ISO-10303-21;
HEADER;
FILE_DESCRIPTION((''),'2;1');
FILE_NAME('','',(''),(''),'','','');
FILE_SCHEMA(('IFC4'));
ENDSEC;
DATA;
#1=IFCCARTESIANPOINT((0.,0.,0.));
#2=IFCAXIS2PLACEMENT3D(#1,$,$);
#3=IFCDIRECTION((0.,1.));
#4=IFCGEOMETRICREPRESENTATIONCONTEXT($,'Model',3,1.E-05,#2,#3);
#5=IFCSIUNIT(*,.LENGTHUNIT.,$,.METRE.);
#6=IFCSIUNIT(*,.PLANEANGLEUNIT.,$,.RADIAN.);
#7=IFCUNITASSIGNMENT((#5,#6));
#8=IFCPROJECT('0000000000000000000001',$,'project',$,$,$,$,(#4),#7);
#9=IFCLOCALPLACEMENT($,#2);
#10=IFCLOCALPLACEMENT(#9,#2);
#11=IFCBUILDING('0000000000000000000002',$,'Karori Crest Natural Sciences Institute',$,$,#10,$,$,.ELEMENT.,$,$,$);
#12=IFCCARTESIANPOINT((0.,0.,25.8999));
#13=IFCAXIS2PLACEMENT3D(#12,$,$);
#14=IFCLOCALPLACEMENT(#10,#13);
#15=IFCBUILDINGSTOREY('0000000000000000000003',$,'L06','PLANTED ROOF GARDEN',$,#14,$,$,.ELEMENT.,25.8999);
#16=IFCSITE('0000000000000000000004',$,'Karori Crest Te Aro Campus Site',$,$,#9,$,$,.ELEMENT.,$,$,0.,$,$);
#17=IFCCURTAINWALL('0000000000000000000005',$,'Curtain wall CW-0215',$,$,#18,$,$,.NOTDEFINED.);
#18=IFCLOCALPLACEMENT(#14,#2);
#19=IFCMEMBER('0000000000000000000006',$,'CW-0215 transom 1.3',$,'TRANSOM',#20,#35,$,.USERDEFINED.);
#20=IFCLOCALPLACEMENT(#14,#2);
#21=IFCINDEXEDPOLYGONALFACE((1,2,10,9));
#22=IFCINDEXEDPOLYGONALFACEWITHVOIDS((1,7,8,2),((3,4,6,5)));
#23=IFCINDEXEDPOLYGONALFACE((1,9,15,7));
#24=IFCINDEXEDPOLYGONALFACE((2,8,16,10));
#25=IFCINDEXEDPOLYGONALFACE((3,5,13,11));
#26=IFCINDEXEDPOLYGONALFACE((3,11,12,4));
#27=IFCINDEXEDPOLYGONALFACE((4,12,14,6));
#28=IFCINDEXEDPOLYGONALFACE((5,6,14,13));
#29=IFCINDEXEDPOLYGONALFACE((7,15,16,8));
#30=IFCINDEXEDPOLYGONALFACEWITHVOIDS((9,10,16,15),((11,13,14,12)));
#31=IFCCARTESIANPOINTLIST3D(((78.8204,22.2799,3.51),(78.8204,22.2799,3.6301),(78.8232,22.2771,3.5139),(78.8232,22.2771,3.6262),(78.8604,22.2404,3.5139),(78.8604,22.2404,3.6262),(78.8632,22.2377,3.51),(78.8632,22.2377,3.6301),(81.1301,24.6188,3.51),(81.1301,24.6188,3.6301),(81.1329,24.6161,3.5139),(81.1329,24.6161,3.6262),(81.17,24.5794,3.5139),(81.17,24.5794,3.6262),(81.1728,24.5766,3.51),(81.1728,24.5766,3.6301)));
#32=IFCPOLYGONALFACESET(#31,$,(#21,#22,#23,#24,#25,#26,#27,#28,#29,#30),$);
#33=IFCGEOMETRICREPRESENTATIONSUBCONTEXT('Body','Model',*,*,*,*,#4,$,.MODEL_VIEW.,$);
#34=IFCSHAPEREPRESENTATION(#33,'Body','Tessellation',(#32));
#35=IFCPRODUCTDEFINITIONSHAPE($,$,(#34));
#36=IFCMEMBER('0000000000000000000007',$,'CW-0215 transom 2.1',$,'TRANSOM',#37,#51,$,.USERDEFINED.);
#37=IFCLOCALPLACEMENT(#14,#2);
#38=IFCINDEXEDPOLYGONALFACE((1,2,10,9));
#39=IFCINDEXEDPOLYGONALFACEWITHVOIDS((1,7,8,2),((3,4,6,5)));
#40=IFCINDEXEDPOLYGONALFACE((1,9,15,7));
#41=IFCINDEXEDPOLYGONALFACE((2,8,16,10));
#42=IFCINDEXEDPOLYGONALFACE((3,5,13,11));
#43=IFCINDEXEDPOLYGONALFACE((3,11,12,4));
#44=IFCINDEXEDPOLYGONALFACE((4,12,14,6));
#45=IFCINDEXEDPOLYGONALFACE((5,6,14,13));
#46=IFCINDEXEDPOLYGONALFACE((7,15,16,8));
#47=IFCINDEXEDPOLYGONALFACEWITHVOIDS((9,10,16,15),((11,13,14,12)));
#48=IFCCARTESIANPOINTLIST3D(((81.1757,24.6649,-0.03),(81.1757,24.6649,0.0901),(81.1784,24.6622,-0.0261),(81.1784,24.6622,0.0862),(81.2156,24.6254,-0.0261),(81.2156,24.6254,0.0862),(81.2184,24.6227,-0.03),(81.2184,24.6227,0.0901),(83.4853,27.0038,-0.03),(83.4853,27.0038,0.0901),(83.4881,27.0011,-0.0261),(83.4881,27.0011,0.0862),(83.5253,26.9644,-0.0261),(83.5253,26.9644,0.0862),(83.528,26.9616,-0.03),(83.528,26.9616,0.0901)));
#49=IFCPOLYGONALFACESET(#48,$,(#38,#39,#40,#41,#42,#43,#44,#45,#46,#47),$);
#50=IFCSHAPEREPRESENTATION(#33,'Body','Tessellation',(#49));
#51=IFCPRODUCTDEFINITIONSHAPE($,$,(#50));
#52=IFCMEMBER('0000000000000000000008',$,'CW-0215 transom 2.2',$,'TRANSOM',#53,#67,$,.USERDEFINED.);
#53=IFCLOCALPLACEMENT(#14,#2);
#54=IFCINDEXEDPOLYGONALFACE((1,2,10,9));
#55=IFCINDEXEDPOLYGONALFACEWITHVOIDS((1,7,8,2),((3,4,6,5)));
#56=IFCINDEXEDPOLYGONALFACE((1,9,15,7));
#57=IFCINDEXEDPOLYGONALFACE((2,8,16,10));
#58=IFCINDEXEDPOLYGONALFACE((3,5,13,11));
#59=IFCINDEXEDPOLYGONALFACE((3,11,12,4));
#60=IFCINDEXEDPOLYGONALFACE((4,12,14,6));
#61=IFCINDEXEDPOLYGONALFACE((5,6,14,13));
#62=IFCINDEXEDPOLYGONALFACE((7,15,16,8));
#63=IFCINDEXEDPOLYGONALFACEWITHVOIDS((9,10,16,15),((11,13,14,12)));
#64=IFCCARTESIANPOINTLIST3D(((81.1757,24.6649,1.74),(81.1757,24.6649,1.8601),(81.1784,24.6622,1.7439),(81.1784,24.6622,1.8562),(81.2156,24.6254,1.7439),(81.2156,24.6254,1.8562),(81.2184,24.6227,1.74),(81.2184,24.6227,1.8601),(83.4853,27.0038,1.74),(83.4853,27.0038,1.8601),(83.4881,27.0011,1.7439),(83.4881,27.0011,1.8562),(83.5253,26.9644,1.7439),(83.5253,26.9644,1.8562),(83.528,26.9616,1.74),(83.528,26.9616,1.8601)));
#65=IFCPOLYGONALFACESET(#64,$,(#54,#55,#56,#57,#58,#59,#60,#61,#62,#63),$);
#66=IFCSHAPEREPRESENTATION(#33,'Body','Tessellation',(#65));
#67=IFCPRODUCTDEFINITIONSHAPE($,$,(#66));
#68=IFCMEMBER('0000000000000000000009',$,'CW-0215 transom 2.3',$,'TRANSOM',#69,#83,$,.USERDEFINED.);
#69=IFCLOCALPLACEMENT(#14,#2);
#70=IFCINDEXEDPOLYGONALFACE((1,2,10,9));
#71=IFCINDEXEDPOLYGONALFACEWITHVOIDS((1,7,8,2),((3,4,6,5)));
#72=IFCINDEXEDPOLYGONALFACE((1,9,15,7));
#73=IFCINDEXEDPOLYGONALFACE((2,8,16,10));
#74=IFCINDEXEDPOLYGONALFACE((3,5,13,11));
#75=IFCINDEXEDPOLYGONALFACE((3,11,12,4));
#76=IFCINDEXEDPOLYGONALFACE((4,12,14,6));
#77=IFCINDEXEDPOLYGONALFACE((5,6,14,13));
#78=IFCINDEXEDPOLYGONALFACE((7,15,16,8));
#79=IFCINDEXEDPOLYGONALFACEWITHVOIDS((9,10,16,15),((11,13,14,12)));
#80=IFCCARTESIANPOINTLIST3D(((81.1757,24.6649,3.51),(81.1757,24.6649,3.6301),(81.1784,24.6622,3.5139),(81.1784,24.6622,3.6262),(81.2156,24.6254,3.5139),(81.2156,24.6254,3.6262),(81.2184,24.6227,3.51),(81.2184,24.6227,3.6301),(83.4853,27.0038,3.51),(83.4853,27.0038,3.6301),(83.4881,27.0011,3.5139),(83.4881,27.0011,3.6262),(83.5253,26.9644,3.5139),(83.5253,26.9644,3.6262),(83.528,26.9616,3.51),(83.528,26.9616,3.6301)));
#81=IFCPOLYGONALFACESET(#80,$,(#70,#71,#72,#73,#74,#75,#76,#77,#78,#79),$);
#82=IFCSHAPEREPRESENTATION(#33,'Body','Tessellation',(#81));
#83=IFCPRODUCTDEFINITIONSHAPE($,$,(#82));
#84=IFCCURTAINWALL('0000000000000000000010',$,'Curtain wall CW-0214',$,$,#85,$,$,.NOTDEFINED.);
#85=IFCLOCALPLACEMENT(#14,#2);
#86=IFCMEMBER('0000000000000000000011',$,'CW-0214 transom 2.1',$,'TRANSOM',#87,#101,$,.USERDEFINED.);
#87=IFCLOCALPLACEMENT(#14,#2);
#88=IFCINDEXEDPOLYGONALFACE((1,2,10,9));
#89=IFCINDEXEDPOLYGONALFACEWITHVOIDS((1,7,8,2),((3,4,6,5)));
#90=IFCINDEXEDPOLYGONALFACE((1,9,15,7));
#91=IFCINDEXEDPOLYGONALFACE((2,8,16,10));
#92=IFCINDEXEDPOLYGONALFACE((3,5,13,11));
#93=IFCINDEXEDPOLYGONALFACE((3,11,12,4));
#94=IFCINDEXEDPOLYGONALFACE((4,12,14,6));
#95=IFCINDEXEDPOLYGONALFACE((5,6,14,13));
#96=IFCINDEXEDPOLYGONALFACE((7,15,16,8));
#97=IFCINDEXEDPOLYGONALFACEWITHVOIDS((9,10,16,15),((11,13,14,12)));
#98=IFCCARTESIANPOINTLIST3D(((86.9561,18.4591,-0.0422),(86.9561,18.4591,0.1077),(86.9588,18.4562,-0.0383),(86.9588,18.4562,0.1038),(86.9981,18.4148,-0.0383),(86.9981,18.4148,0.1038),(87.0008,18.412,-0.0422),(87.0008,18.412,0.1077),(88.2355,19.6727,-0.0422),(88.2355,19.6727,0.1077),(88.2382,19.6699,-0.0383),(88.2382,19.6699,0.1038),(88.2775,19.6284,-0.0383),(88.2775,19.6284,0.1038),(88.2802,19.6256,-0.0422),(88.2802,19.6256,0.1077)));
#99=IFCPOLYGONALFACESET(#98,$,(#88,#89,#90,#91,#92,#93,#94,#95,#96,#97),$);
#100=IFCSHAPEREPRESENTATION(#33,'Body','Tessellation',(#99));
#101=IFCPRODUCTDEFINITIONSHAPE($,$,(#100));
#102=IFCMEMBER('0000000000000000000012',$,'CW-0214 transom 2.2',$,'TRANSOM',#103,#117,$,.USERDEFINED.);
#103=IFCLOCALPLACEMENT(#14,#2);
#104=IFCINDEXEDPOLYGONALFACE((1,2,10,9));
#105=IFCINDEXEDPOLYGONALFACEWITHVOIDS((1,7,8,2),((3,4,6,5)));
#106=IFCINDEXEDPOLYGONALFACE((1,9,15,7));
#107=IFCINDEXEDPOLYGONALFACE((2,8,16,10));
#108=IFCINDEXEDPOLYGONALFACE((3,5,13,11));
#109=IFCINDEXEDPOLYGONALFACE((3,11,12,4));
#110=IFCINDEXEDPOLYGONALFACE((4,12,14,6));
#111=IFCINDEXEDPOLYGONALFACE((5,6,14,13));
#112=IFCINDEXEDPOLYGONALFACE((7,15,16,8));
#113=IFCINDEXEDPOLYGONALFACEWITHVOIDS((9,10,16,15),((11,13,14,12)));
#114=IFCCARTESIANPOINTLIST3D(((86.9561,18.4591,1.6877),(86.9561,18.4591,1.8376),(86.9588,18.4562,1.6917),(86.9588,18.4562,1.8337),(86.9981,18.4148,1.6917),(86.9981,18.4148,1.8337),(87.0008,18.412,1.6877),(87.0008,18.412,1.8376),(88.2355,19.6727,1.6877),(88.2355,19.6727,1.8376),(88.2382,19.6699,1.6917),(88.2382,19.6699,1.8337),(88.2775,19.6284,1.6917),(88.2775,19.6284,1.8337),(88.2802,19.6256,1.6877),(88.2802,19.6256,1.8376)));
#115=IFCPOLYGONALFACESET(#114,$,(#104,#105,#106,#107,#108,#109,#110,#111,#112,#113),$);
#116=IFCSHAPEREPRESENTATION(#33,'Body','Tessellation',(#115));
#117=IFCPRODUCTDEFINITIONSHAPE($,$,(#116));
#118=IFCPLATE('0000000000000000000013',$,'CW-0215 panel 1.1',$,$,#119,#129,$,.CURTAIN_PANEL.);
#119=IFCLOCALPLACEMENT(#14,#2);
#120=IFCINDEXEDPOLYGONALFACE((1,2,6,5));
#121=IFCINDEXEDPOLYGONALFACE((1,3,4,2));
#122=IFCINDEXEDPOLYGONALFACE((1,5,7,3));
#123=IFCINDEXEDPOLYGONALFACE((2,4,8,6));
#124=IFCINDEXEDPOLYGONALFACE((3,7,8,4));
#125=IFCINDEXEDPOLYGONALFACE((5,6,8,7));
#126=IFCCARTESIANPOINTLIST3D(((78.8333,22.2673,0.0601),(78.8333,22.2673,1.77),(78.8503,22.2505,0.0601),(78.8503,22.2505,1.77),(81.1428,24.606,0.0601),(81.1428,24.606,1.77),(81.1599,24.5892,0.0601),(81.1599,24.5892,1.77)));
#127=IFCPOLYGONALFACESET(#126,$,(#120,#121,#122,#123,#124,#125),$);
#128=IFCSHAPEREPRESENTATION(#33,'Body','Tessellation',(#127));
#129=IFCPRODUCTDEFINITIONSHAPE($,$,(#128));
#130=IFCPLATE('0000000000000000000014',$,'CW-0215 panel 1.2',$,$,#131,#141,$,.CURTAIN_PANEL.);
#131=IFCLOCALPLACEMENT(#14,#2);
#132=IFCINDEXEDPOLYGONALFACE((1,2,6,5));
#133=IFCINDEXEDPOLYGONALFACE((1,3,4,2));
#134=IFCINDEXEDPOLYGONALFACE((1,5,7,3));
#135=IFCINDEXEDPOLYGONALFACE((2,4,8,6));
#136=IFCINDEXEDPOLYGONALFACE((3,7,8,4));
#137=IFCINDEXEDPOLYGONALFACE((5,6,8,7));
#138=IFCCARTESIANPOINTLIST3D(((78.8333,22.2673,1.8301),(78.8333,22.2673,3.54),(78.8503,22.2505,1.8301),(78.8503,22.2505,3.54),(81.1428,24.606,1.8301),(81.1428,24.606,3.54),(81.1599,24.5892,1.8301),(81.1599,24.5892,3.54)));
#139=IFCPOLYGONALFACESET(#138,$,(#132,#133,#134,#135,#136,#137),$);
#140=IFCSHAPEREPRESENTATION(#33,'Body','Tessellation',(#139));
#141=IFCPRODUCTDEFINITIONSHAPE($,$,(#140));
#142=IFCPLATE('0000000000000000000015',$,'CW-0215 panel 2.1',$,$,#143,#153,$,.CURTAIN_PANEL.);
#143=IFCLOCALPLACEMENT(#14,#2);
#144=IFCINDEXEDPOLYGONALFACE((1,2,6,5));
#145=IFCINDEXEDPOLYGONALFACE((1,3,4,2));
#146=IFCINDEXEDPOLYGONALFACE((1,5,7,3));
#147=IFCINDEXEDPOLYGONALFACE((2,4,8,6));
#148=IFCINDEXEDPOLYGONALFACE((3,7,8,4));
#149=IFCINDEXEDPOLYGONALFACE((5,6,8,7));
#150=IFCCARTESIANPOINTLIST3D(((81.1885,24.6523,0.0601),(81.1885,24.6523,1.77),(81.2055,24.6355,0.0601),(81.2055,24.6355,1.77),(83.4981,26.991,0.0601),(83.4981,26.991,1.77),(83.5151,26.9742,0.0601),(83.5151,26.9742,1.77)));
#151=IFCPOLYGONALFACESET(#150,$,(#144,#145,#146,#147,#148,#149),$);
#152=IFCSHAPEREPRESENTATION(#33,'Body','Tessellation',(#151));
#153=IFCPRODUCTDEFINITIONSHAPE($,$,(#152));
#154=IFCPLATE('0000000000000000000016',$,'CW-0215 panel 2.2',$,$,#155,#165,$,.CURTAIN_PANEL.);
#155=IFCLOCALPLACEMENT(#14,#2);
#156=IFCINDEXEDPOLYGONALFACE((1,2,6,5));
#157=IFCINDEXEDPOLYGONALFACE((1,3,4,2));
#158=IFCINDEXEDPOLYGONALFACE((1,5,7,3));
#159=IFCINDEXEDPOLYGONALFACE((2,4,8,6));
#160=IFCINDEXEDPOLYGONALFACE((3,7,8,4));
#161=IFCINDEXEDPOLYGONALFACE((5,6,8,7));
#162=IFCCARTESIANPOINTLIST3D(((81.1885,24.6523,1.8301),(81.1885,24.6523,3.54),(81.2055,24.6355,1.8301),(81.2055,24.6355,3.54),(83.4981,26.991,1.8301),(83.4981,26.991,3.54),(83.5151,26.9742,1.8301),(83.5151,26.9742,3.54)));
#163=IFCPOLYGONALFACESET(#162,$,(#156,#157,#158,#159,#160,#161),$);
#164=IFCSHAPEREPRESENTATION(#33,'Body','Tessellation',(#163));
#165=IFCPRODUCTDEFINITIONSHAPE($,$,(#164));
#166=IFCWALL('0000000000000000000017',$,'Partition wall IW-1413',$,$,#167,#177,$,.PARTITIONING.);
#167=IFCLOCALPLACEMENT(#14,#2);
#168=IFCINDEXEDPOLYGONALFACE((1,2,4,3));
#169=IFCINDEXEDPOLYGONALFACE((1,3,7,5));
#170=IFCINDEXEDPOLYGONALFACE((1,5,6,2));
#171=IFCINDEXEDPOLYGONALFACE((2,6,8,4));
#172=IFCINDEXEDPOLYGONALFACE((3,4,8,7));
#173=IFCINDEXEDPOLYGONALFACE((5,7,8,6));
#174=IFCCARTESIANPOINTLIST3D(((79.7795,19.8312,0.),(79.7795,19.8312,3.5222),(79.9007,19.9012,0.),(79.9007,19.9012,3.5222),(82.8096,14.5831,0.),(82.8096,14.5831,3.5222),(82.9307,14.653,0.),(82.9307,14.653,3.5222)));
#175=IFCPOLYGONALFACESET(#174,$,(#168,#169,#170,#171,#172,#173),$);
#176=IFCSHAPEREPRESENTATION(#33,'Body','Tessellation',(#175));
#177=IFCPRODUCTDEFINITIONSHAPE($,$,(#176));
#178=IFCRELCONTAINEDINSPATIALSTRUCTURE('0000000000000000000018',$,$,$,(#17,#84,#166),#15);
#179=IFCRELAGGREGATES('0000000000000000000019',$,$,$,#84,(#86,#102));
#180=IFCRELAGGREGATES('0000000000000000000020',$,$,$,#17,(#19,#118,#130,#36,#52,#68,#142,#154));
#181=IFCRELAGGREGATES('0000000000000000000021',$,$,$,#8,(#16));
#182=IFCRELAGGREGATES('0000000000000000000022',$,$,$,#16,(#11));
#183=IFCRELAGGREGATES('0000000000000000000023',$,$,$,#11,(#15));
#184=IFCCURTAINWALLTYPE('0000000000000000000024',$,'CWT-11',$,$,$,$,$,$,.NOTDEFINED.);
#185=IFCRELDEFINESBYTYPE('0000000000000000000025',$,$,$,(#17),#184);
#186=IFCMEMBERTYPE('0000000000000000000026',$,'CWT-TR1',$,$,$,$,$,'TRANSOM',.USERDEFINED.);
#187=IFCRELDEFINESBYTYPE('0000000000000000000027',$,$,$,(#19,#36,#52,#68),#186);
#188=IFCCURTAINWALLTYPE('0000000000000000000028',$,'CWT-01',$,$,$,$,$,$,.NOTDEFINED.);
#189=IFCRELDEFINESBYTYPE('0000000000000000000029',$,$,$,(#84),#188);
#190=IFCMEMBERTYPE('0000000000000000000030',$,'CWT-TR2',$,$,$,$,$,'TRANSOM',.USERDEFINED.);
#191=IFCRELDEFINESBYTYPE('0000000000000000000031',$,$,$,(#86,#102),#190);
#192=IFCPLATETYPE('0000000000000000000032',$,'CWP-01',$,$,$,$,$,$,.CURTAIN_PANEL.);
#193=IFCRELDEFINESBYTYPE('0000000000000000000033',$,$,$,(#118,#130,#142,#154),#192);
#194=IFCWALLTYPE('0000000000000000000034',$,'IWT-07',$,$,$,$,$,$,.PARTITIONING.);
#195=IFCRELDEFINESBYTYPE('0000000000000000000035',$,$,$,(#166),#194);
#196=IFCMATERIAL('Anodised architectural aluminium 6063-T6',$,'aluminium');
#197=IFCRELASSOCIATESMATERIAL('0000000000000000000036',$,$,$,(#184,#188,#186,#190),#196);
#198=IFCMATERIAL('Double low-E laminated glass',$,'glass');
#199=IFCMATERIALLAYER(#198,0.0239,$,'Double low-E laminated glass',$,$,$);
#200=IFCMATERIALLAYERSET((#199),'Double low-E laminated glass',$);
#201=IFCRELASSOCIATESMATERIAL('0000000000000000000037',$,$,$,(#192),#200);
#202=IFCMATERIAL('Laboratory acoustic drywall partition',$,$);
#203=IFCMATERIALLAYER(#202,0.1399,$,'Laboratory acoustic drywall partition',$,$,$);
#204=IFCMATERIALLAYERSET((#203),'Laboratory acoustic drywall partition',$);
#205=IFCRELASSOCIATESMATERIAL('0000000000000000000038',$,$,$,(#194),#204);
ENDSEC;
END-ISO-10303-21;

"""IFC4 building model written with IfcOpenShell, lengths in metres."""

from ifc_helpers import new_model, si_unit, direction, frame, frame_2d, origin, origin_2d, place, context, subcontext, project, spatial, rectangle, hollow_rectangle, extrude, material, layer, layer_set, material_profile, profile_set, type_object, element, aggregate, save


model = new_model("IFC4")

# Units and contexts
model_context = context("Model", 3, precision=1e-05, world=origin(), true_north=direction((0.0, 1.0)))
body_context = subcontext(model_context, "Body", "Model", "MODEL_VIEW")
ifc_project = project(units=[si_unit("LENGTHUNIT", "METRE"), si_unit("PLANEANGLEUNIT", "RADIAN")], contexts=[model_context])

# Site, building, storey
site_placement = place(None, origin())
site = spatial("IfcSite", under=ifc_project, at=site_placement, Name="Karori Crest Te Aro Campus Site", CompositionType="ELEMENT", RefElevation=0.0)
building_placement = place(site_placement, origin())
building = spatial("IfcBuilding", under=site, at=building_placement, Name="Karori Crest Natural Sciences Institute", CompositionType="ELEMENT")
storey_placement = place(building_placement, frame((0.0, 0.0, 25.8999)))
storey = spatial("IfcBuildingStorey", under=building, at=storey_placement, Name="L06", Description="PLANTED ROOF GARDEN", CompositionType="ELEMENT", Elevation=25.8999)

# Curtain walls, members
ifc_material_1 = material(Name="Anodised architectural aluminium 6063-T6", Category="aluminium")
curtain_wall_type_1 = type_object("IfcCurtainWallType", Name="CWT-11", PredefinedType="NOTDEFINED", material=ifc_material_1)
curtain_wall_1_placement = place(storey_placement, origin())
curtain_wall_1 = element("IfcCurtainWall", 1, at=curtain_wall_1_placement, inside=storey, type_object=curtain_wall_type_1, Name="Curtain wall CW-0215", PredefinedType="NOTDEFINED")
ifc_material_profile_1 = material_profile(ifc_material_1, hollow_rectangle(XDim=0.0601, YDim=0.1201, WallThickness=0.0039, at=origin_2d()), Name="CWT120x60x4")
ifc_profile_set_1 = profile_set([ifc_material_profile_1], Name="Anodised architectural aluminium 6063-T6")
member_type_1 = type_object("IfcMemberType", Name="CWT-TR1", ElementType="TRANSOM", PredefinedType="USERDEFINED", material=ifc_profile_set_1)
member_1_placement = place(storey_placement, frame((78.8418, 22.2588, 3.5701), z_axis=(0.702636, 0.711549, 0.0), x_axis=(-0.711549, 0.702636, 0.0)))
member_1 = element("IfcMember", 2, at=member_1_placement, type_object=member_type_1, Name="CW-0215 transom 1.3", ObjectType="TRANSOM", PredefinedType="USERDEFINED", context=body_context, shape_type="SweptSolid", body=[
    extrude(hollow_rectangle(XDim=0.0601, YDim=0.1201, WallThickness=0.0039, at=origin_2d()), origin(), (0.0, 0.0, 1.0), 3.2871),
])
member_2_placement = place(storey_placement, frame((81.197, 24.6438, 0.03), z_axis=(0.702636, 0.711549, 0.0), x_axis=(-0.711549, 0.702636, 0.0)))
member_2 = element("IfcMember", 3, at=member_2_placement, type_object=member_type_1, Name="CW-0215 transom 2.1", ObjectType="TRANSOM", PredefinedType="USERDEFINED", context=body_context, shape_type="SweptSolid", body=[
    extrude(hollow_rectangle(XDim=0.0601, YDim=0.1201, WallThickness=0.0039, at=origin_2d()), origin(), (0.0, 0.0, 1.0), 3.2871),
])
member_3_placement = place(storey_placement, frame((81.197, 24.6438, 1.8), z_axis=(0.702636, 0.711549, 0.0), x_axis=(-0.711549, 0.702636, 0.0)))
member_3 = element("IfcMember", 4, at=member_3_placement, type_object=member_type_1, Name="CW-0215 transom 2.2", ObjectType="TRANSOM", PredefinedType="USERDEFINED", context=body_context, shape_type="SweptSolid", body=[
    extrude(hollow_rectangle(XDim=0.0601, YDim=0.1201, WallThickness=0.0039, at=origin_2d()), origin(), (0.0, 0.0, 1.0), 3.2871),
])
member_4_placement = place(storey_placement, frame((81.197, 24.6438, 3.5701), z_axis=(0.702636, 0.711549, 0.0), x_axis=(-0.711549, 0.702636, 0.0)))
member_4 = element("IfcMember", 5, at=member_4_placement, type_object=member_type_1, Name="CW-0215 transom 2.3", ObjectType="TRANSOM", PredefinedType="USERDEFINED", context=body_context, shape_type="SweptSolid", body=[
    extrude(hollow_rectangle(XDim=0.0601, YDim=0.1201, WallThickness=0.0039, at=origin_2d()), origin(), (0.0, 0.0, 1.0), 3.2871),
])
curtain_wall_type_2 = type_object("IfcCurtainWallType", Name="CWT-01", PredefinedType="NOTDEFINED", material=ifc_material_1)
curtain_wall_2_placement = place(storey_placement, origin())
curtain_wall_2 = element("IfcCurtainWall", 6, at=curtain_wall_2_placement, inside=storey, type_object=curtain_wall_type_2, Name="Curtain wall CW-0214", PredefinedType="NOTDEFINED")
ifc_material_profile_2 = material_profile(ifc_material_1, hollow_rectangle(XDim=0.0649, YDim=0.1499, WallThickness=0.0039, at=origin_2d()), Name="CWT150x65x4")
ifc_profile_set_2 = profile_set([ifc_material_profile_2], Name="Anodised architectural aluminium 6063-T6")
member_type_2 = type_object("IfcMemberType", Name="CWT-TR2", ElementType="TRANSOM", PredefinedType="USERDEFINED", material=ifc_profile_set_2)
member_5_placement = place(storey_placement, frame((88.2578, 19.6492, 0.0327), z_axis=(-0.725483, -0.68824, 0.0), x_axis=(0.68824, -0.725483, 0.0)))
member_5 = element("IfcMember", 7, at=member_5_placement, type_object=member_type_2, Name="CW-0214 transom 2.1", ObjectType="TRANSOM", PredefinedType="USERDEFINED", context=body_context, shape_type="SweptSolid", body=[
    extrude(hollow_rectangle(XDim=0.0649, YDim=0.1499, WallThickness=0.0039, at=origin_2d()), origin(), (0.0, 0.0, 1.0), 1.7634),
])
member_6_placement = place(storey_placement, frame((88.2578, 19.6492, 1.7627), z_axis=(-0.725483, -0.68824, 0.0), x_axis=(0.68824, -0.725483, 0.0)))
member_6 = element("IfcMember", 8, at=member_6_placement, type_object=member_type_2, Name="CW-0214 transom 2.2", ObjectType="TRANSOM", PredefinedType="USERDEFINED", context=body_context, shape_type="SweptSolid", body=[
    extrude(hollow_rectangle(XDim=0.0649, YDim=0.1499, WallThickness=0.0039, at=origin_2d()), origin(), (0.0, 0.0, 1.0), 1.7634),
])
aggregate(curtain_wall_2, [member_5, member_6])

# Plates
ifc_material_2 = material(Name="Double low-E laminated glass", Category="glass")
ifc_layer_1 = layer(ifc_material_2, 0.0239, Name="Double low-E laminated glass")
ifc_layer_set_1 = layer_set([ifc_layer_1], Name="Double low-E laminated glass")
plate_type = type_object("IfcPlateType", Name="CWP-01", PredefinedType="CURTAIN_PANEL", material=ifc_layer_set_1)
plate_1_placement = place(storey_placement, frame((79.9966, 23.4282, 0.0601), z_axis=(0.0, 0.0, 1.0), x_axis=(0.702661, 0.711525, 0.0)))
plate_1 = element("IfcPlate", 9, at=plate_1_placement, type_object=plate_type, Name="CW-0215 panel 1.1", PredefinedType="CURTAIN_PANEL", context=body_context, shape_type="SweptSolid", body=[
    extrude(rectangle(XDim=3.2869, YDim=0.0239, at=origin_2d()), origin(), (0.0, 0.0, 1.0), 1.71),
])
plate_2_placement = place(storey_placement, frame((79.9966, 23.4282, 1.8301), z_axis=(0.0, 0.0, 1.0), x_axis=(0.702661, 0.711525, 0.0)))
plate_2 = element("IfcPlate", 10, at=plate_2_placement, type_object=plate_type, Name="CW-0215 panel 1.2", PredefinedType="CURTAIN_PANEL", context=body_context, shape_type="SweptSolid", body=[
    extrude(rectangle(XDim=3.2869, YDim=0.0239, at=origin_2d()), origin(), (0.0, 0.0, 1.0), 1.71),
])
plate_3_placement = place(storey_placement, frame((82.3518, 25.8132, 0.0601), z_axis=(0.0, 0.0, 1.0), x_axis=(0.702661, 0.711525, 0.0)))
plate_3 = element("IfcPlate", 11, at=plate_3_placement, type_object=plate_type, Name="CW-0215 panel 2.1", PredefinedType="CURTAIN_PANEL", context=body_context, shape_type="SweptSolid", body=[
    extrude(rectangle(XDim=3.2869, YDim=0.0239, at=origin_2d()), origin(), (0.0, 0.0, 1.0), 1.71),
])
plate_4_placement = place(storey_placement, frame((82.3518, 25.8132, 1.8301), z_axis=(0.0, 0.0, 1.0), x_axis=(0.702661, 0.711525, 0.0)))
plate_4 = element("IfcPlate", 12, at=plate_4_placement, type_object=plate_type, Name="CW-0215 panel 2.2", PredefinedType="CURTAIN_PANEL", context=body_context, shape_type="SweptSolid", body=[
    extrude(rectangle(XDim=3.2869, YDim=0.0239, at=origin_2d()), origin(), (0.0, 0.0, 1.0), 1.71),
])
aggregate(curtain_wall_1, [member_1, plate_1, plate_2, member_2, member_3, member_4, plate_3, plate_4])

# Wall
ifc_material_3 = material(Name="Laboratory acoustic drywall partition")
ifc_layer_2 = layer(ifc_material_3, 0.1399, Name="Laboratory acoustic drywall partition")
ifc_layer_set_2 = layer_set([ifc_layer_2], Name="Laboratory acoustic drywall partition")
wall_type_1 = type_object("IfcWallType", Name="IWT-07", PredefinedType="PARTITIONING", material=ifc_layer_set_2)
wall_1_placement = place(storey_placement, frame((79.8401, 19.8662, 0.0), z_axis=(0.0, 0.0, 1.0), x_axis=(0.500008, -0.866021, 0.0)))
element("IfcWall", 13, at=wall_1_placement, inside=storey, type_object=wall_type_1, Name="Partition wall IW-1413", PredefinedType="PARTITIONING", context=body_context, shape_type="SweptSolid", body=[
    extrude(rectangle(XDim=6.0601, YDim=0.1399, at=frame_2d((3.03, 0.0))), origin(), (0.0, 0.0, 1.0), 3.5222),
])

save(model, "model.ifc")
